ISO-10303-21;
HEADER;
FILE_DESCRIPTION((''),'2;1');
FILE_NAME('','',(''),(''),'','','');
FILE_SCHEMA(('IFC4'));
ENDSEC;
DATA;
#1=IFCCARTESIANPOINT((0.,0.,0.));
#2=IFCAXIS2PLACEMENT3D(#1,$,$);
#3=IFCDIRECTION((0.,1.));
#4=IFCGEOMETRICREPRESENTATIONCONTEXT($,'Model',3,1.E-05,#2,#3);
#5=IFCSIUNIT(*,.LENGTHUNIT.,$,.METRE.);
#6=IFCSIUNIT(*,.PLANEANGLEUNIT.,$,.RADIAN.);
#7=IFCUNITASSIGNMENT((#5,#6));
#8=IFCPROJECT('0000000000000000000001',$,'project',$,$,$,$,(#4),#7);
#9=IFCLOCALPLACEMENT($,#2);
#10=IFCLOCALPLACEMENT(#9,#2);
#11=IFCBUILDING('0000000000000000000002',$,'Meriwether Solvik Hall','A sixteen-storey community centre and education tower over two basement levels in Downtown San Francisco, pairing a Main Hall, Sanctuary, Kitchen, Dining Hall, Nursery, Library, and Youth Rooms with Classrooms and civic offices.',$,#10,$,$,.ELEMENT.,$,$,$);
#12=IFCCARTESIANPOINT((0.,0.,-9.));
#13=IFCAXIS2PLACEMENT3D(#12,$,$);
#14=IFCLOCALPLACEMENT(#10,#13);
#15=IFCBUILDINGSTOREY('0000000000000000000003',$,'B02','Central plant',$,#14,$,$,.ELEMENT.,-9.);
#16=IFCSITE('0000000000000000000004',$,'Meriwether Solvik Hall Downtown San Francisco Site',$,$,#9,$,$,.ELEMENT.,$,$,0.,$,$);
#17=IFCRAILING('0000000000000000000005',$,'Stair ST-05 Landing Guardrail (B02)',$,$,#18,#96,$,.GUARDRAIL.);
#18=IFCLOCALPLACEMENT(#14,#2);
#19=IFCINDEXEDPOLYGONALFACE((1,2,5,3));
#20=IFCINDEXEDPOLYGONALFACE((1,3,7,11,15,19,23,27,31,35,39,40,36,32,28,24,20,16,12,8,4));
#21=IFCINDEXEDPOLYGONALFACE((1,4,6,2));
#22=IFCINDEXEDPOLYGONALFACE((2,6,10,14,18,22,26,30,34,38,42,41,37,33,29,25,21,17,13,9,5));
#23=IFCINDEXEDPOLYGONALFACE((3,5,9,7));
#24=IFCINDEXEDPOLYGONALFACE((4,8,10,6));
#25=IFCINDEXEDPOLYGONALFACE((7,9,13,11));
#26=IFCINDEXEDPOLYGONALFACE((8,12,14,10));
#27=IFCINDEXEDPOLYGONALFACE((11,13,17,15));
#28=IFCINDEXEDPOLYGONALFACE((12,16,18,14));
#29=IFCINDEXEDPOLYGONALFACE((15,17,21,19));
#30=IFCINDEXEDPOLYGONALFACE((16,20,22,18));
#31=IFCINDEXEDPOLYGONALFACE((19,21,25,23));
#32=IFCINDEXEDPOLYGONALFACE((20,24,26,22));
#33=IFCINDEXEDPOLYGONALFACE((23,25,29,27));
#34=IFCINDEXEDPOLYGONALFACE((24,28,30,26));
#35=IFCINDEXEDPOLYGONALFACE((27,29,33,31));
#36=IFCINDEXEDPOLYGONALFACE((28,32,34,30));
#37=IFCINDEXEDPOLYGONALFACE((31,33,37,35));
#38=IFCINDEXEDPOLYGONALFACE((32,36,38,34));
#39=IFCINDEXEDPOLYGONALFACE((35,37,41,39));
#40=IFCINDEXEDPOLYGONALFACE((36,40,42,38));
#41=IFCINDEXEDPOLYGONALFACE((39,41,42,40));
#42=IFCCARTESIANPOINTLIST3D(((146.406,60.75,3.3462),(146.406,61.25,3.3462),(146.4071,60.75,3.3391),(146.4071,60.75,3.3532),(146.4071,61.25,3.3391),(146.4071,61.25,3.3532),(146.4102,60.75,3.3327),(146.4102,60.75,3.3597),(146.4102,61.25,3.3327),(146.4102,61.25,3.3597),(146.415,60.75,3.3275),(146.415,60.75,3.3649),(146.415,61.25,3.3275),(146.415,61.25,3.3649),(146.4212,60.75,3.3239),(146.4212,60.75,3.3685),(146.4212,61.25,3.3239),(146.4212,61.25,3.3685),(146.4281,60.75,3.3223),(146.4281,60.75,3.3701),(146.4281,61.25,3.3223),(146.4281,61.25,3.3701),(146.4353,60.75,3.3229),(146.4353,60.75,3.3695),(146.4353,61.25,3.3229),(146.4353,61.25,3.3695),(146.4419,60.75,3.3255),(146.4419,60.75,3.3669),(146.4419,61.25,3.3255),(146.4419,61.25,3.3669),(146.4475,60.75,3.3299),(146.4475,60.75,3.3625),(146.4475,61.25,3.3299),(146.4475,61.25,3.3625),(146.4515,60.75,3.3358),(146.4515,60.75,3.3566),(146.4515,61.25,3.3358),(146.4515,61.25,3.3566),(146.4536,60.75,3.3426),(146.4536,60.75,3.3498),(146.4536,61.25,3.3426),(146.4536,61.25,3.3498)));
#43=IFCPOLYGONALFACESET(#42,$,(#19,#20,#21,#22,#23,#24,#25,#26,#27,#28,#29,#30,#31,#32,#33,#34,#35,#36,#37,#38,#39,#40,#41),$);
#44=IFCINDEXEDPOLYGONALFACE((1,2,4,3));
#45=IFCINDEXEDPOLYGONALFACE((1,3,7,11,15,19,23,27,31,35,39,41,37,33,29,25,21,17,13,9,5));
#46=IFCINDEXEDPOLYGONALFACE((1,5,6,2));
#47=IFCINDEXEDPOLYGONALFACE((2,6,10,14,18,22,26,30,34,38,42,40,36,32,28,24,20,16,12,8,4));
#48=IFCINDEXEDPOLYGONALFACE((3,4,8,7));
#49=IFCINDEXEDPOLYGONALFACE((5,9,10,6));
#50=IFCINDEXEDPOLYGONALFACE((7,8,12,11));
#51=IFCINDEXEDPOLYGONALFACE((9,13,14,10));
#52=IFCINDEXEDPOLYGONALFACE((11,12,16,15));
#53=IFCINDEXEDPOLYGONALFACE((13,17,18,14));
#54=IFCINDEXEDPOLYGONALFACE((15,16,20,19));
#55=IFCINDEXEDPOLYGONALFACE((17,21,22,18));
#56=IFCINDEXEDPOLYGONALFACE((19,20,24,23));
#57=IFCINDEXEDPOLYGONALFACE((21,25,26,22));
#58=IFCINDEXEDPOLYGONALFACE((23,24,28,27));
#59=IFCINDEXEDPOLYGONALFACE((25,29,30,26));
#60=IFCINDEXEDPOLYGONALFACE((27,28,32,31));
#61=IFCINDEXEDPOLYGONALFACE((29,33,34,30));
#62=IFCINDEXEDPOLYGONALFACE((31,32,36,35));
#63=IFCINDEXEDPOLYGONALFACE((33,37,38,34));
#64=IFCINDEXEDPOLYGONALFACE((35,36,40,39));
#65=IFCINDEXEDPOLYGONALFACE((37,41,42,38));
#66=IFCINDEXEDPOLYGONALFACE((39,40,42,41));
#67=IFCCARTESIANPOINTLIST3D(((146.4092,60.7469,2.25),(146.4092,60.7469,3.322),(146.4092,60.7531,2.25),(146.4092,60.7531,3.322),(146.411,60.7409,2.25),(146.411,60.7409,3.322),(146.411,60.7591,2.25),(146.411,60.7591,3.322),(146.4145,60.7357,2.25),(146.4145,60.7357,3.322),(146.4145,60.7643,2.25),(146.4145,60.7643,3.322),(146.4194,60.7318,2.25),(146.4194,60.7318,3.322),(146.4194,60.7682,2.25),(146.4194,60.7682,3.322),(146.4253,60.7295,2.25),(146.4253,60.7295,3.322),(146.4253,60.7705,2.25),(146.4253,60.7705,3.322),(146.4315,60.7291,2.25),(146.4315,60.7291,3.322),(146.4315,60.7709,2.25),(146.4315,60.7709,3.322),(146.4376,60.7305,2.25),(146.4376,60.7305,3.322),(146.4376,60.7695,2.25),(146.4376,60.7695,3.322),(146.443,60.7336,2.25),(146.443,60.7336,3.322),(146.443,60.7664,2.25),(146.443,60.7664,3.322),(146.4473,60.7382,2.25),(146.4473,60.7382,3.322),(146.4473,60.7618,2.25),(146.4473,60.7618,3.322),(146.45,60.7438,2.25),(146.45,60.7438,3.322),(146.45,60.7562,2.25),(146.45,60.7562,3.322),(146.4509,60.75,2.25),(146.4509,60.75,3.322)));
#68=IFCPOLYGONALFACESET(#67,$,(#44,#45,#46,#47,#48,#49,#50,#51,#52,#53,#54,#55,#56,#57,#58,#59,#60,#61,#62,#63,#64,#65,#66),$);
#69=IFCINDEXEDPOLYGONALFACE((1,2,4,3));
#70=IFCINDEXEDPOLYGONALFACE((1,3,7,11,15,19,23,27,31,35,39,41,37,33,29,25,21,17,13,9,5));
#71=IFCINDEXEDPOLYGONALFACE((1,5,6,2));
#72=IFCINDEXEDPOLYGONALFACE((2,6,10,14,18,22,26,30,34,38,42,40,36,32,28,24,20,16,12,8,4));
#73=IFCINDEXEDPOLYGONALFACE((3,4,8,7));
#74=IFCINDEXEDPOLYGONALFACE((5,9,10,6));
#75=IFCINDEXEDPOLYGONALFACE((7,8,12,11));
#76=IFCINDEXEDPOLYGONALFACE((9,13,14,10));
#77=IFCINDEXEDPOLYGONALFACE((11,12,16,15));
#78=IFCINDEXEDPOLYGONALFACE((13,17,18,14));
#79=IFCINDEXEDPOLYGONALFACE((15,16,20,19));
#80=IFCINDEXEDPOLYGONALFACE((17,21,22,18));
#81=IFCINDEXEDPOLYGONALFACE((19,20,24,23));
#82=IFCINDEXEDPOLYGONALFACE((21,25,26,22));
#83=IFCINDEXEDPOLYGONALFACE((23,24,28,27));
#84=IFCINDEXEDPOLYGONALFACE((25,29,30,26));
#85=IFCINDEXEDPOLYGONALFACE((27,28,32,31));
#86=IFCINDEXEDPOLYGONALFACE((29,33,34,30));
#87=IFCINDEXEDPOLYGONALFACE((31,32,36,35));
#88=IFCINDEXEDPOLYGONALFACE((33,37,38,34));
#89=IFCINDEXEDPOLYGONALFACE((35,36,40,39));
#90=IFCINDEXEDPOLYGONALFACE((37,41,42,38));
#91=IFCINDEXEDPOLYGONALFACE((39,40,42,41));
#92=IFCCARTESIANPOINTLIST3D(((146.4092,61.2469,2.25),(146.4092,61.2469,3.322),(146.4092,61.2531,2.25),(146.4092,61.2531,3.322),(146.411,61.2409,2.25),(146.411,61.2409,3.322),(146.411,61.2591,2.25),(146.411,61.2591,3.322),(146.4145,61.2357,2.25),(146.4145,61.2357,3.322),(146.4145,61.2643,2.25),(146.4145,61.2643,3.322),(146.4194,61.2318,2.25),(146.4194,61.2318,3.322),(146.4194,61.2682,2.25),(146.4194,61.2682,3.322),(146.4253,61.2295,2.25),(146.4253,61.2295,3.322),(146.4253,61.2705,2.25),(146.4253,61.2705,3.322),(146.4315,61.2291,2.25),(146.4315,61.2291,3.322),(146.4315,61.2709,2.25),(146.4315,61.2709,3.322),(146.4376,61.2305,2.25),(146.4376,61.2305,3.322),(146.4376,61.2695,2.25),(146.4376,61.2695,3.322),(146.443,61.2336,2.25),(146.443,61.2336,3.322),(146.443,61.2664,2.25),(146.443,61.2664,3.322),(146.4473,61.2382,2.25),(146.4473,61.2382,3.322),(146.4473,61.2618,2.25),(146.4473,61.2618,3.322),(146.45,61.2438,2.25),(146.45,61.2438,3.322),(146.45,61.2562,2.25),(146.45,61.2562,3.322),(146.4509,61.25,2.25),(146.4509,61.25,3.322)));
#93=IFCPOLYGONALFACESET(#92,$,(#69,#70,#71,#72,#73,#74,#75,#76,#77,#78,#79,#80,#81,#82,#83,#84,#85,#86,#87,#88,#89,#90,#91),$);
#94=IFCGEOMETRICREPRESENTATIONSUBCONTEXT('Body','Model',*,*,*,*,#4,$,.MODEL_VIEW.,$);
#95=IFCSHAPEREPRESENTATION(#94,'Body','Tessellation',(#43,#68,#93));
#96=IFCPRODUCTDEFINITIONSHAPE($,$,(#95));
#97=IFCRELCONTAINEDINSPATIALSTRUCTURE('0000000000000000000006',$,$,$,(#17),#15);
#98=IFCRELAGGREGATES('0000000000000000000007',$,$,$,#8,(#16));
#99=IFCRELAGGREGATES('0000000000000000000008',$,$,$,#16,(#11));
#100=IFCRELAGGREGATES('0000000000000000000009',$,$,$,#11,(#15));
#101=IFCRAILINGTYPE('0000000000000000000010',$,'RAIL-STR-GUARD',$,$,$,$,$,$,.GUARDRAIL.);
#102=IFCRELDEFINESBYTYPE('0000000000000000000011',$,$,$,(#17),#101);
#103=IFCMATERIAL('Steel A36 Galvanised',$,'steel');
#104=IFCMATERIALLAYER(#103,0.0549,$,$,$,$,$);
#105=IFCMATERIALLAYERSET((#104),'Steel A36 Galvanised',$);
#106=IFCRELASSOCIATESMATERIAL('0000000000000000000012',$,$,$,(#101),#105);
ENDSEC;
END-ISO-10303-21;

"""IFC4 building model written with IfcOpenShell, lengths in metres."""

from ifc_helpers import new_model, si_unit, direction, frame, origin, origin_2d, place, context, subcontext, project, spatial, circle, extrude, material, layer, layer_set, type_object, element, save


model = new_model("IFC4")

# Units and contexts
model_context = context("Model", 3, precision=1e-05, world=origin(), true_north=direction((0.0, 1.0)))
body_context = subcontext(model_context, "Body", "Model", "MODEL_VIEW")
ifc_project = project(units=[si_unit("LENGTHUNIT", "METRE"), si_unit("PLANEANGLEUNIT", "RADIAN")], contexts=[model_context])

# Site, building, storey
site_placement = place(None, origin())
site = spatial("IfcSite", under=ifc_project, at=site_placement, Name="Meriwether Solvik Hall Downtown San Francisco Site", CompositionType="ELEMENT", RefElevation=0.0)
building_placement = place(site_placement, origin())
building = spatial("IfcBuilding", under=site, at=building_placement, Name="Meriwether Solvik Hall", Description="A sixteen-storey community centre and education tower over two basement levels in Downtown San Francisco, pairing a Main Hall, Sanctuary, Kitchen, Dining Hall, Nursery, Library, and Youth Rooms with Classrooms and civic offices.", CompositionType="ELEMENT")
storey_placement = place(building_placement, frame((0.0, 0.0, -9.0)))
storey = spatial("IfcBuildingStorey", under=building, at=storey_placement, Name="B02", Description="Central plant", CompositionType="ELEMENT", Elevation=-9.0)

# Railing
ifc_material_1 = material(Name="Steel A36 Galvanised", Category="steel")
ifc_layer_1 = layer(ifc_material_1, 0.0549)
ifc_layer_set_1 = layer_set([ifc_layer_1], Name="Steel A36 Galvanised")
railing_type = type_object("IfcRailingType", Name="RAIL-STR-GUARD", PredefinedType="GUARDRAIL", material=ifc_layer_set_1)
railing_1_placement = place(storey_placement, frame((146.4299, 60.75, 2.25)))
element("IfcRailing", 1, at=railing_1_placement, inside=storey, type_object=railing_type, Name="Stair ST-05 Landing Guardrail (B02)", PredefinedType="GUARDRAIL", context=body_context, shape_type="SweptSolid", body=[
    extrude(circle(Radius=0.0239, at=origin_2d()), frame((0.0, 0.0, 1.0962), z_axis=(0.0, 1.0, 0.0), x_axis=(-1.0, 0.0, 0.0)), (0.0, 0.0, 1.0), 0.5),
    extrude(circle(Radius=0.021, at=origin_2d()), origin(), (0.0, 0.0, 1.0), 1.072),
    extrude(circle(Radius=0.021, at=origin_2d()), frame((0.0, 0.5, 0.0)), (0.0, 0.0, 1.0), 1.072),
])

save(model, "model.ifc")
